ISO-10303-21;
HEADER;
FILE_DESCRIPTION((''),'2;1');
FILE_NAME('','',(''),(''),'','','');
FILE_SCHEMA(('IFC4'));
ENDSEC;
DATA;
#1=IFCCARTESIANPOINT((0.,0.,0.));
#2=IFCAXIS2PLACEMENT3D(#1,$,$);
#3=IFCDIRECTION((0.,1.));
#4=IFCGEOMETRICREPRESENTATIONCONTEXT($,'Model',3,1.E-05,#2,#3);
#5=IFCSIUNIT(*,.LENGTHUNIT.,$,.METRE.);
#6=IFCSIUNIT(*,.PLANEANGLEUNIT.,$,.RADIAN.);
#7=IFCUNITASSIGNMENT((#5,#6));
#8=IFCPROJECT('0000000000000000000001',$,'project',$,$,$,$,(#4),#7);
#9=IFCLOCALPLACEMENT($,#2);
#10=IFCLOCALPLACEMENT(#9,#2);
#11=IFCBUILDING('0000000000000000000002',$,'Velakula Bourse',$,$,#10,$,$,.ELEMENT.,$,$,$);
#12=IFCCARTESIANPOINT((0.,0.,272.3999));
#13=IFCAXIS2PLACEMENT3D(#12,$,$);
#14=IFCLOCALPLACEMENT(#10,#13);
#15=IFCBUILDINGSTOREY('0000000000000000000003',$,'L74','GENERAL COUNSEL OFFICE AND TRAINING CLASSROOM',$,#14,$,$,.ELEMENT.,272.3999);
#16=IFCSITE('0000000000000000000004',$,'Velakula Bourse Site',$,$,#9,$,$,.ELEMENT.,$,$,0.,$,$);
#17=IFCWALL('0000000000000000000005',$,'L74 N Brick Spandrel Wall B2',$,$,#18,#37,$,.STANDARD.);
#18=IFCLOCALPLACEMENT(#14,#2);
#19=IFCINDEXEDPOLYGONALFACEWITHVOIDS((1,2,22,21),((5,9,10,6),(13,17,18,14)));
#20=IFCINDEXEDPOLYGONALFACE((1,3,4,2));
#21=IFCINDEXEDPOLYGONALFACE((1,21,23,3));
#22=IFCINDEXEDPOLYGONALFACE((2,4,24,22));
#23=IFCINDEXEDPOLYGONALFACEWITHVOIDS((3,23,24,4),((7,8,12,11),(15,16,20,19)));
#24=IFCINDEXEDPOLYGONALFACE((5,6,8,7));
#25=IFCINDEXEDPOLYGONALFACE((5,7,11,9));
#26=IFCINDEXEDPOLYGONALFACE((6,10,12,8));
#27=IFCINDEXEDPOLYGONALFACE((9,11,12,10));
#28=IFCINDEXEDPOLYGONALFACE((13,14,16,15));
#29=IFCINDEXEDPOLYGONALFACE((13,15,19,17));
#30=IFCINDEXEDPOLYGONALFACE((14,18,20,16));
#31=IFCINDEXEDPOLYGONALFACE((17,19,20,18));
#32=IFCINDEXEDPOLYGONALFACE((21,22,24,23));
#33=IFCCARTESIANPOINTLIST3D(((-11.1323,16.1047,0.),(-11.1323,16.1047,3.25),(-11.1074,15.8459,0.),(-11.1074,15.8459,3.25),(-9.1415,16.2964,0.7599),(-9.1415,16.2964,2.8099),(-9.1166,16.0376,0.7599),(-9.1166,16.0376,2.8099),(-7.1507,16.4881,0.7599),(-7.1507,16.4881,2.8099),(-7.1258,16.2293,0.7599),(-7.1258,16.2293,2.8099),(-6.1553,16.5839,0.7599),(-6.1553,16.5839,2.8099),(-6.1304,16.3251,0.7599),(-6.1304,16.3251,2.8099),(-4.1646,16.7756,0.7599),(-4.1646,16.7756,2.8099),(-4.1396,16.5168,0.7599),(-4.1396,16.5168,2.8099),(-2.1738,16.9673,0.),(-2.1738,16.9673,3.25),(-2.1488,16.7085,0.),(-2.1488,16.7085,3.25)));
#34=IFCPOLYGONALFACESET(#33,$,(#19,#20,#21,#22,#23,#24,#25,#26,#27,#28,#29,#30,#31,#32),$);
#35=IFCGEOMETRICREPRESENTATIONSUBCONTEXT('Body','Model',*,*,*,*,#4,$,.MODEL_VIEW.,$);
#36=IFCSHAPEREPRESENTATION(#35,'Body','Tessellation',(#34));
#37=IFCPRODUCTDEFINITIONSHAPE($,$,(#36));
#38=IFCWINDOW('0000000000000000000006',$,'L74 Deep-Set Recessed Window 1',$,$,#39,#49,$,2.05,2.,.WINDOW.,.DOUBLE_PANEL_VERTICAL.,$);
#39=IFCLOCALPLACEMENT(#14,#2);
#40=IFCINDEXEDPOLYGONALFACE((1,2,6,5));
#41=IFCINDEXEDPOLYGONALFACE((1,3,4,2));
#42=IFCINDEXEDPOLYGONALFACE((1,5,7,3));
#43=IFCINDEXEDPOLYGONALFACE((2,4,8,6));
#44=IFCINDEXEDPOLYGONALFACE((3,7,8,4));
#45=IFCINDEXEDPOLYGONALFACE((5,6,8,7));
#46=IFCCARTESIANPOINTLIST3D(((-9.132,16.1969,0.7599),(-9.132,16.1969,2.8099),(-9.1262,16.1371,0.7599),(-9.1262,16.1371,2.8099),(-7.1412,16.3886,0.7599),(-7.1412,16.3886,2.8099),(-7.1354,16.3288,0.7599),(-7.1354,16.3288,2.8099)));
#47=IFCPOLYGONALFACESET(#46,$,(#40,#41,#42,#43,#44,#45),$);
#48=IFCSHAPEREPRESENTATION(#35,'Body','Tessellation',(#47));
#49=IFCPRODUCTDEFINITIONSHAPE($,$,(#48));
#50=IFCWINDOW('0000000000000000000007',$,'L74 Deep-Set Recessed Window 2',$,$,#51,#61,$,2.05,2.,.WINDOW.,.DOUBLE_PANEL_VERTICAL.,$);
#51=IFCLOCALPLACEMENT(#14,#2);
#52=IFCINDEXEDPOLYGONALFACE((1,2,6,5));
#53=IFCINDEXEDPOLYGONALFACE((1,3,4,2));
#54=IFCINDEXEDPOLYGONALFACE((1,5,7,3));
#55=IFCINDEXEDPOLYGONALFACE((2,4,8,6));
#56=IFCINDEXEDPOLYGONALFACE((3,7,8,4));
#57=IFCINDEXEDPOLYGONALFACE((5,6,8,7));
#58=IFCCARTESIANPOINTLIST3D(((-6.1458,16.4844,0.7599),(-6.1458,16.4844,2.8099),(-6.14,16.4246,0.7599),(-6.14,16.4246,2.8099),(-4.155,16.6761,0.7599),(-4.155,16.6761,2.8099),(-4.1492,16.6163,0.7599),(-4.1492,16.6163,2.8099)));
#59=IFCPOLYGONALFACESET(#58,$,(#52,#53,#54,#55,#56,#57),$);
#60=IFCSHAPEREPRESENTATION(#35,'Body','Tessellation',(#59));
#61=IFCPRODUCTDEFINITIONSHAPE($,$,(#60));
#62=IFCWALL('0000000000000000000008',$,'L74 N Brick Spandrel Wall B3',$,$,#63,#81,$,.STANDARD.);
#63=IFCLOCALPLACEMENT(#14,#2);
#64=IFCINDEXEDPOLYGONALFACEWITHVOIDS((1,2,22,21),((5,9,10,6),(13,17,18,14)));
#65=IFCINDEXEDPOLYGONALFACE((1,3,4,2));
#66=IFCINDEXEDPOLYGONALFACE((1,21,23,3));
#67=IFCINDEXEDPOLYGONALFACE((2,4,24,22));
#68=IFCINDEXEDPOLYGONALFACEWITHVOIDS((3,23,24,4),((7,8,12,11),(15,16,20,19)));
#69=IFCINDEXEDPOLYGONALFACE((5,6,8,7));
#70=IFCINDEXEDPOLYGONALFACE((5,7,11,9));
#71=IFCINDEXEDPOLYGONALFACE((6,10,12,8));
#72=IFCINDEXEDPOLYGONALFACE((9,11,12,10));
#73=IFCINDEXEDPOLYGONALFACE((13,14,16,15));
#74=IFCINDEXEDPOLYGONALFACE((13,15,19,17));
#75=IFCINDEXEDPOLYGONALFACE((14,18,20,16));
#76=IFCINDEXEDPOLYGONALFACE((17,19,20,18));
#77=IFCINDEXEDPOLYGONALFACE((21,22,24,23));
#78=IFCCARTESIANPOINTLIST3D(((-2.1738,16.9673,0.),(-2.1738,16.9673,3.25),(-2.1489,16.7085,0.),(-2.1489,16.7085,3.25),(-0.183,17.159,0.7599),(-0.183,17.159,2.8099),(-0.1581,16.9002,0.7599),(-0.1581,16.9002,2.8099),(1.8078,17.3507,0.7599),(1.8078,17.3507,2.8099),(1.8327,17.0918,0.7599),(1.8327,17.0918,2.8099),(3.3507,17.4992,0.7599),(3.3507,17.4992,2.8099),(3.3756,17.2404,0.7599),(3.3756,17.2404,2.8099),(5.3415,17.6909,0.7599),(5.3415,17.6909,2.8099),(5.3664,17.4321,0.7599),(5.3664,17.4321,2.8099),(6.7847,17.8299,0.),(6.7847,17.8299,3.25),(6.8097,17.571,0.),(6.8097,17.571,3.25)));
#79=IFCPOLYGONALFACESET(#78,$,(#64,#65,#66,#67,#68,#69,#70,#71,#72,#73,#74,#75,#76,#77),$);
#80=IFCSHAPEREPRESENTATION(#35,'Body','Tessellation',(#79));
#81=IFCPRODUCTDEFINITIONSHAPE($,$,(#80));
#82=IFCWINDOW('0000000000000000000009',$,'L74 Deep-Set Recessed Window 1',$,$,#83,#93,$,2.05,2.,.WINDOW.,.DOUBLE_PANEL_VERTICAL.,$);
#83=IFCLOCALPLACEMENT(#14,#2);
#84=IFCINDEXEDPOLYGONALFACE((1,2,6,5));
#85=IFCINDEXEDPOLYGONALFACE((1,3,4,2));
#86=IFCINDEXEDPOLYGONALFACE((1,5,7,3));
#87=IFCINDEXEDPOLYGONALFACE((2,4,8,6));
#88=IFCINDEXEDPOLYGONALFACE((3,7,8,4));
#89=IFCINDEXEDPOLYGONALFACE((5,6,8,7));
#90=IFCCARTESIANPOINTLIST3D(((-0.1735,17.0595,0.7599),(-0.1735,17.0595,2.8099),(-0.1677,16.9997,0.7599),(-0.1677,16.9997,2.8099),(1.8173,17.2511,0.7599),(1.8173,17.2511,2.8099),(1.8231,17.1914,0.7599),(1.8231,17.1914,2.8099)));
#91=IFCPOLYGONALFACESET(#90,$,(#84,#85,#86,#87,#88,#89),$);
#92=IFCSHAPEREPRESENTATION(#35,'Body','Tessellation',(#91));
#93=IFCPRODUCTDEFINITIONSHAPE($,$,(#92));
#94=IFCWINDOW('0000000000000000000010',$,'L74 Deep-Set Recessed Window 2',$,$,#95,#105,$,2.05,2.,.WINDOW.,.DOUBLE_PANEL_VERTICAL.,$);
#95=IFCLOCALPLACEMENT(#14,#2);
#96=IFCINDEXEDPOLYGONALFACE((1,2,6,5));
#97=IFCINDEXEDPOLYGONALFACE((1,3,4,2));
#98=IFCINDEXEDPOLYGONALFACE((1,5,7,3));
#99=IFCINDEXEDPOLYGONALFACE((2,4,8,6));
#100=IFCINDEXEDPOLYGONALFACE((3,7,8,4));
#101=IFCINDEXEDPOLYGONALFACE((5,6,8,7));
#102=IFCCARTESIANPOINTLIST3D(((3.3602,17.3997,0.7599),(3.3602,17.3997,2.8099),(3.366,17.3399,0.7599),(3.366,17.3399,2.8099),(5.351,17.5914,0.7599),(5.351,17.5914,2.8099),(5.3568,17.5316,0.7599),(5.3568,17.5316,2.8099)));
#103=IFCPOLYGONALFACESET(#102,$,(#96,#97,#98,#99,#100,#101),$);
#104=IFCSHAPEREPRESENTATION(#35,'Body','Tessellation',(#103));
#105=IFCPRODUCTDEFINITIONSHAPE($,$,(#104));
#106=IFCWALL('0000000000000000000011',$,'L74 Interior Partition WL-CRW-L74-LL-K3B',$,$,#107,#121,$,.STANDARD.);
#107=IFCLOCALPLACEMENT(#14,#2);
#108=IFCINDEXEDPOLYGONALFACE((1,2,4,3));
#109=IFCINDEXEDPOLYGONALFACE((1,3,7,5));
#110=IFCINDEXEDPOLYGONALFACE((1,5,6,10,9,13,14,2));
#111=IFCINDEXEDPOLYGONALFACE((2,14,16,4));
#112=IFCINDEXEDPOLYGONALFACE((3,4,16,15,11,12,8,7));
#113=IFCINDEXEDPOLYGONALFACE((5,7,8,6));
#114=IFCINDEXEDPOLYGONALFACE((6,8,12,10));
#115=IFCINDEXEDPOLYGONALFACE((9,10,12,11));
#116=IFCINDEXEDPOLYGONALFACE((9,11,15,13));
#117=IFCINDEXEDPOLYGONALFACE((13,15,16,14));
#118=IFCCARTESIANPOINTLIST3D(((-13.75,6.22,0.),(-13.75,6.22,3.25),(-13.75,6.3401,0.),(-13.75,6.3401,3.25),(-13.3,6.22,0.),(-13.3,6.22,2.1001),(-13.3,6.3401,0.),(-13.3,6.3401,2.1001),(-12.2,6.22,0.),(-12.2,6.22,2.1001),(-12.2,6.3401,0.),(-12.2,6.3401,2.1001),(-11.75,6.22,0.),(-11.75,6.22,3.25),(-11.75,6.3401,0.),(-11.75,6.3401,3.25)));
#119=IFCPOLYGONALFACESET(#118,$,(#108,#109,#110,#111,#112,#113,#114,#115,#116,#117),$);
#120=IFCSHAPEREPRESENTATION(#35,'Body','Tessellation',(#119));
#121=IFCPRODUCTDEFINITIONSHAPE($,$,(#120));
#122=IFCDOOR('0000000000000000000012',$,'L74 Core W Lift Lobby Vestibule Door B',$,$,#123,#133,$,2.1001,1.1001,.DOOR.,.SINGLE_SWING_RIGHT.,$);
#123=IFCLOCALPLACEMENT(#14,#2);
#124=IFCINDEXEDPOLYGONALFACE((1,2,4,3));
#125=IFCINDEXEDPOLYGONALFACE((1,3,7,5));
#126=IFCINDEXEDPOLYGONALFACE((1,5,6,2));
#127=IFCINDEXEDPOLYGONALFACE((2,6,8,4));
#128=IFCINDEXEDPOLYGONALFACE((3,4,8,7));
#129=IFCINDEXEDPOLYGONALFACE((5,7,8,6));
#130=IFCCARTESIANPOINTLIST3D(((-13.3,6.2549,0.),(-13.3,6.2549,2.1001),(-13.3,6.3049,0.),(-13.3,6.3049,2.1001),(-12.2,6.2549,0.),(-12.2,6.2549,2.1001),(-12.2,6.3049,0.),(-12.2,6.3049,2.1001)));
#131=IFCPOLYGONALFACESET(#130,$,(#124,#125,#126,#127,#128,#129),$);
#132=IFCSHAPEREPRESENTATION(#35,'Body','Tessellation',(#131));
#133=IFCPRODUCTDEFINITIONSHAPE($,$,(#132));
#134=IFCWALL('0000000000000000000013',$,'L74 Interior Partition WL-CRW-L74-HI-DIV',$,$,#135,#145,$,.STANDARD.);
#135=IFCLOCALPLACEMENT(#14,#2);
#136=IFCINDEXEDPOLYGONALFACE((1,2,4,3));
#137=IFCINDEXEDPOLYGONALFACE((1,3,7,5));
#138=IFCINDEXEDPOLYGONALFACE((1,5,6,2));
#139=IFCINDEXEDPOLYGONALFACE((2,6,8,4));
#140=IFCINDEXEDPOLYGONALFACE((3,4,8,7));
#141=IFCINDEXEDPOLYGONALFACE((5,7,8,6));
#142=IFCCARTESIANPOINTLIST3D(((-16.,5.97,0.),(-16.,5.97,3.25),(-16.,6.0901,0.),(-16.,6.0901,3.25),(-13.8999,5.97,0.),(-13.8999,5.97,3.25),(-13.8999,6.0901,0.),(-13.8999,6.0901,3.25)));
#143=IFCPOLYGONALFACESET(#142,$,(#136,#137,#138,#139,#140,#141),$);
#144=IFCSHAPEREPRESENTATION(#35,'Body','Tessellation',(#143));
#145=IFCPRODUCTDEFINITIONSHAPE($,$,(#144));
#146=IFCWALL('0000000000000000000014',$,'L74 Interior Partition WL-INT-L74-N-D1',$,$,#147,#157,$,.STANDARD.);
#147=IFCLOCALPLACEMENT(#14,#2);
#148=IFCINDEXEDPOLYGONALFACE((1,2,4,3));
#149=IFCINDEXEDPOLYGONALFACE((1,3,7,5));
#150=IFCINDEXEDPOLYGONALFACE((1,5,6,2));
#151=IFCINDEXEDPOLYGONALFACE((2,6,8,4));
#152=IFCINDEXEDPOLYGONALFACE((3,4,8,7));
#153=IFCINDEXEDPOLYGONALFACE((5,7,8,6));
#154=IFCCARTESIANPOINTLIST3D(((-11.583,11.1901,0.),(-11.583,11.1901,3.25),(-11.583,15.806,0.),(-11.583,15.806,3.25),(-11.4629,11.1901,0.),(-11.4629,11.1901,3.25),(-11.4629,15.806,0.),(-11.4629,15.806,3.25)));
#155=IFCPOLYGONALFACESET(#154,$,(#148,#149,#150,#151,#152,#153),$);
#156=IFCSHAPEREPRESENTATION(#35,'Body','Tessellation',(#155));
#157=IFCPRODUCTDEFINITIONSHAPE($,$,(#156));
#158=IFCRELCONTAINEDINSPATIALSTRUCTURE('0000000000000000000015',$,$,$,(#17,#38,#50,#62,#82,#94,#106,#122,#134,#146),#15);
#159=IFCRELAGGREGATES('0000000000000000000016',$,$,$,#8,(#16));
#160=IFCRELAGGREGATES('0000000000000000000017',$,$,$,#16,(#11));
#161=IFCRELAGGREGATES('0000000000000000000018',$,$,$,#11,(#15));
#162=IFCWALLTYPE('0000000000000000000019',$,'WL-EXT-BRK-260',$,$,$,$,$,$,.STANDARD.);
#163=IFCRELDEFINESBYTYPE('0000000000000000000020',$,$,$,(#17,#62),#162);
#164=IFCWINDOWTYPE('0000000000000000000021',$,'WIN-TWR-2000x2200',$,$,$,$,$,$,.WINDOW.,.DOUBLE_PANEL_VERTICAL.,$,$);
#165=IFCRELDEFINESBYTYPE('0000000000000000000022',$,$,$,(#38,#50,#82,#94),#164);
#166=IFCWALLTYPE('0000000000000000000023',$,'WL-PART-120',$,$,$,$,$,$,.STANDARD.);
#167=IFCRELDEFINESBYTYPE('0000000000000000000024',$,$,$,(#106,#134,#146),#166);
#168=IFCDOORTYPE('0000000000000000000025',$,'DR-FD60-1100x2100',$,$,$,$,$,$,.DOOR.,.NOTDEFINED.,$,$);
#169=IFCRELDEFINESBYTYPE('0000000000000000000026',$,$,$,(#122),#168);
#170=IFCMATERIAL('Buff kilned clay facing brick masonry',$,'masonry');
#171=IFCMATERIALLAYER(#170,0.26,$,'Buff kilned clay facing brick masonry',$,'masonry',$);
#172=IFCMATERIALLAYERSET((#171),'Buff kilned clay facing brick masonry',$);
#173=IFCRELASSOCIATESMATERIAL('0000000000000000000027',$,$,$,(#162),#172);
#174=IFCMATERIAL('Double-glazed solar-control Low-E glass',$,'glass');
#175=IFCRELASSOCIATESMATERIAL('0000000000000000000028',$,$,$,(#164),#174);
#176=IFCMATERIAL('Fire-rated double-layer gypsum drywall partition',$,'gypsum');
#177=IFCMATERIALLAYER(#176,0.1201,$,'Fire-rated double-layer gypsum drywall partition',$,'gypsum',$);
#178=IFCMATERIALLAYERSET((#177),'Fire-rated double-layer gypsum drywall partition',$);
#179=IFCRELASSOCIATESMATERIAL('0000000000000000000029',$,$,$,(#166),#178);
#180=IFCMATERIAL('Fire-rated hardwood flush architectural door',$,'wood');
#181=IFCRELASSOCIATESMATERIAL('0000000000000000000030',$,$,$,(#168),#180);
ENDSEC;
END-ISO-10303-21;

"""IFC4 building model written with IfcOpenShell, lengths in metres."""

from ifc_helpers import new_model, si_unit, direction, frame, frame_2d, origin, place, context, subcontext, project, spatial, rectangle, extrude, material, layer, layer_set, type_object, element, fill, save


model = new_model("IFC4")

# Units and contexts
model_context = context("Model", 3, precision=1e-05, world=origin(), true_north=direction((0.0, 1.0)))
body_context = subcontext(model_context, "Body", "Model", "MODEL_VIEW")
ifc_project = project(units=[si_unit("LENGTHUNIT", "METRE"), si_unit("PLANEANGLEUNIT", "RADIAN")], contexts=[model_context])

# Site, building, storey
site_placement = place(None, origin())
site = spatial("IfcSite", under=ifc_project, at=site_placement, Name="Velakula Bourse Site", CompositionType="ELEMENT", RefElevation=0.0)
building_placement = place(site_placement, origin())
building = spatial("IfcBuilding", under=site, at=building_placement, Name="Velakula Bourse", CompositionType="ELEMENT")
storey_placement = place(building_placement, frame((0.0, 0.0, 272.3999)))
storey = spatial("IfcBuildingStorey", under=building, at=storey_placement, Name="L74", Description="GENERAL COUNSEL OFFICE AND TRAINING CLASSROOM", CompositionType="ELEMENT", Elevation=272.3999)

# Walls, openings, windows
ifc_material_1 = material(Name="Buff kilned clay facing brick masonry", Category="masonry")
ifc_layer_1 = layer(ifc_material_1, 0.26, Name="Buff kilned clay facing brick masonry", Category="masonry")
ifc_layer_set_1 = layer_set([ifc_layer_1], Name="Buff kilned clay facing brick masonry")
wall_type_1 = type_object("IfcWallType", Name="WL-EXT-BRK-260", PredefinedType="STANDARD", material=ifc_layer_set_1)
wall_1_placement = place(storey_placement, frame((-11.1199, 15.9753, 0.0), z_axis=(0.0, 0.0, 1.0), x_axis=(0.995397, 0.09584, 0.0)))
wall_1 = element("IfcWall", 1, at=wall_1_placement, inside=storey, type_object=wall_type_1, Name="L74 N Brick Spandrel Wall B2", PredefinedType="STANDARD", context=body_context, shape_type="SweptSolid", body=[
    extrude(rectangle(XDim=9.0, YDim=0.26, at=frame_2d((4.5, 0.0))), origin(), (0.0, 0.0, 1.0), 3.25),
])
opening_1_placement = place(wall_1_placement, frame((2.0, 0.0, 0.76)))
opening_1 = element("IfcOpeningElement", 2, at=opening_1_placement, cuts=wall_1, PredefinedType="OPENING", context=body_context, shape_type="SweptSolid", body=[
    extrude(rectangle(XDim=2.0, YDim=2.05, at=frame_2d((1.0, 1.0249))), frame((0.0, 0.1399, 0.0), z_axis=(0.0, -1.0, 0.0), x_axis=(1.0, 0.0, 0.0)), (0.0, 0.0, 1.0), 0.28),
])
opening_2_placement = place(wall_1_placement, frame((5.0, 0.0, 0.76)))
opening_2 = element("IfcOpeningElement", 3, at=opening_2_placement, cuts=wall_1, PredefinedType="OPENING", context=body_context, shape_type="SweptSolid", body=[
    extrude(rectangle(XDim=2.0, YDim=2.05, at=frame_2d((1.0, 1.0249))), frame((0.0, 0.1399, 0.0), z_axis=(0.0, -1.0, 0.0), x_axis=(1.0, 0.0, 0.0)), (0.0, 0.0, 1.0), 0.28),
])
ifc_material_2 = material(Name="Double-glazed solar-control Low-E glass", Category="glass")
window_type = type_object("IfcWindowType", Name="WIN-TWR-2000x2200", PartitioningType="DOUBLE_PANEL_VERTICAL", PredefinedType="WINDOW", material=ifc_material_2)
window_1_placement = place(opening_1_placement, origin())
window_1 = element("IfcWindow", 4, at=window_1_placement, inside=storey, type_object=window_type, Name="L74 Deep-Set Recessed Window 1", OverallHeight=2.05, OverallWidth=2.0, PartitioningType="DOUBLE_PANEL_VERTICAL", PredefinedType="WINDOW", context=body_context, shape_type="SweptSolid", body=[
    extrude(rectangle(XDim=2.0, YDim=2.05, at=frame_2d((1.0, 1.0249))), frame((0.0, 0.03, 0.0), z_axis=(0.0, -1.0, 0.0), x_axis=(1.0, 0.0, 0.0)), (0.0, 0.0, 1.0), 0.0601),
])
fill(opening_1, window_1)
window_2_placement = place(opening_2_placement, origin())
window_2 = element("IfcWindow", 5, at=window_2_placement, inside=storey, type_object=window_type, Name="L74 Deep-Set Recessed Window 2", OverallHeight=2.05, OverallWidth=2.0, PartitioningType="DOUBLE_PANEL_VERTICAL", PredefinedType="WINDOW", context=body_context, shape_type="SweptSolid", body=[
    extrude(rectangle(XDim=2.0, YDim=2.05, at=frame_2d((1.0, 1.0249))), frame((0.0, 0.03, 0.0), z_axis=(0.0, -1.0, 0.0), x_axis=(1.0, 0.0, 0.0)), (0.0, 0.0, 1.0), 0.0601),
])
fill(opening_2, window_2)
wall_2_placement = place(storey_placement, frame((-2.1614, 16.8379, 0.0), z_axis=(0.0, 0.0, 1.0), x_axis=(0.995397, 0.09584, 0.0)))
wall_2 = element("IfcWall", 6, at=wall_2_placement, inside=storey, type_object=wall_type_1, Name="L74 N Brick Spandrel Wall B3", PredefinedType="STANDARD", context=body_context, shape_type="SweptSolid", body=[
    extrude(rectangle(XDim=9.0, YDim=0.26, at=frame_2d((4.5, 0.0))), origin(), (0.0, 0.0, 1.0), 3.25),
])
opening_3_placement = place(wall_2_placement, frame((2.0, 0.0, 0.76)))
opening_3 = element("IfcOpeningElement", 7, at=opening_3_placement, cuts=wall_2, PredefinedType="OPENING", context=body_context, shape_type="SweptSolid", body=[
    extrude(rectangle(XDim=2.0, YDim=2.05, at=frame_2d((1.0, 1.0249))), frame((0.0, 0.1399, 0.0), z_axis=(0.0, -1.0, 0.0), x_axis=(1.0, 0.0, 0.0)), (0.0, 0.0, 1.0), 0.28),
])
opening_4_placement = place(wall_2_placement, frame((5.55, 0.0, 0.76)))
opening_4 = element("IfcOpeningElement", 8, at=opening_4_placement, cuts=wall_2, PredefinedType="OPENING", context=body_context, shape_type="SweptSolid", body=[
    extrude(rectangle(XDim=2.0, YDim=2.05, at=frame_2d((1.0, 1.0249))), frame((0.0, 0.1399, 0.0), z_axis=(0.0, -1.0, 0.0), x_axis=(1.0, 0.0, 0.0)), (0.0, 0.0, 1.0), 0.28),
])
window_3_placement = place(opening_3_placement, origin())
window_3 = element("IfcWindow", 9, at=window_3_placement, inside=storey, type_object=window_type, Name="L74 Deep-Set Recessed Window 1", OverallHeight=2.05, OverallWidth=2.0, PartitioningType="DOUBLE_PANEL_VERTICAL", PredefinedType="WINDOW", context=body_context, shape_type="SweptSolid", body=[
    extrude(rectangle(XDim=2.0, YDim=2.05, at=frame_2d((1.0, 1.0249))), frame((0.0, 0.03, 0.0), z_axis=(0.0, -1.0, 0.0), x_axis=(1.0, 0.0, 0.0)), (0.0, 0.0, 1.0), 0.0601),
])
fill(opening_3, window_3)
window_4_placement = place(opening_4_placement, origin())
window_4 = element("IfcWindow", 10, at=window_4_placement, inside=storey, type_object=window_type, Name="L74 Deep-Set Recessed Window 2", OverallHeight=2.05, OverallWidth=2.0, PartitioningType="DOUBLE_PANEL_VERTICAL", PredefinedType="WINDOW", context=body_context, shape_type="SweptSolid", body=[
    extrude(rectangle(XDim=2.0, YDim=2.05, at=frame_2d((1.0, 1.0249))), frame((0.0, 0.03, 0.0), z_axis=(0.0, -1.0, 0.0), x_axis=(1.0, 0.0, 0.0)), (0.0, 0.0, 1.0), 0.0601),
])
fill(opening_4, window_4)

# Wall, opening, door
ifc_material_3 = material(Name="Fire-rated double-layer gypsum drywall partition", Category="gypsum")
ifc_layer_2 = layer(ifc_material_3, 0.1201, Name="Fire-rated double-layer gypsum drywall partition", Category="gypsum")
ifc_layer_set_2 = layer_set([ifc_layer_2], Name="Fire-rated double-layer gypsum drywall partition")
wall_type_2 = type_object("IfcWallType", Name="WL-PART-120", PredefinedType="STANDARD", material=ifc_layer_set_2)
wall_3_placement = place(storey_placement, frame((-13.75, 6.28, 0.0), z_axis=(0.0, 0.0, 1.0), x_axis=(1.0, 0.0, 0.0)))
wall_3 = element("IfcWall", 11, at=wall_3_placement, inside=storey, type_object=wall_type_2, Name="L74 Interior Partition WL-CRW-L74-LL-K3B", PredefinedType="STANDARD", context=body_context, shape_type="SweptSolid", body=[
    extrude(rectangle(XDim=2.0, YDim=0.1201, at=frame_2d((1.0, 0.0))), origin(), (0.0, 0.0, 1.0), 3.25),
])
opening_5_placement = place(wall_3_placement, frame((0.45, 0.0, 0.0)))
opening_5 = element("IfcOpeningElement", 12, at=opening_5_placement, cuts=wall_3, PredefinedType="OPENING", context=body_context, shape_type="SweptSolid", body=[
    extrude(rectangle(XDim=1.1001, YDim=2.1001, at=frame_2d((0.55, 1.05))), frame((0.0, 0.0701, 0.0), z_axis=(0.0, -1.0, 0.0), x_axis=(1.0, 0.0, 0.0)), (0.0, 0.0, 1.0), 0.1401),
])
ifc_material_4 = material(Name="Fire-rated hardwood flush architectural door", Category="wood")
door_type_1 = type_object("IfcDoorType", Name="DR-FD60-1100x2100", OperationType="NOTDEFINED", PredefinedType="DOOR", material=ifc_material_4)
door_1_placement = place(opening_5_placement, origin())
door_1 = element("IfcDoor", 13, at=door_1_placement, inside=storey, type_object=door_type_1, Name="L74 Core W Lift Lobby Vestibule Door B", OperationType="SINGLE_SWING_RIGHT", OverallHeight=2.1001, OverallWidth=1.1001, PredefinedType="DOOR", context=body_context, shape_type="SweptSolid", body=[
    extrude(rectangle(XDim=1.1001, YDim=2.1001, at=frame_2d((0.55, 1.05))), frame((0.0, 0.0249, 0.0), z_axis=(0.0, -1.0, 0.0), x_axis=(1.0, 0.0, 0.0)), (0.0, 0.0, 1.0), 0.05),
])
fill(opening_5, door_1)

# Walls
wall_4_placement = place(storey_placement, frame((-16.0, 6.03, 0.0), z_axis=(0.0, 0.0, 1.0), x_axis=(1.0, 0.0, 0.0)))
element("IfcWall", 14, at=wall_4_placement, inside=storey, type_object=wall_type_2, Name="L74 Interior Partition WL-CRW-L74-HI-DIV", PredefinedType="STANDARD", context=body_context, shape_type="SweptSolid", body=[
    extrude(rectangle(XDim=2.1001, YDim=0.1201, at=frame_2d((1.05, 0.0))), origin(), (0.0, 0.0, 1.0), 3.25),
])
wall_5_placement = place(storey_placement, frame((-11.5229, 11.1899, 0.0), z_axis=(0.0, 0.0, 1.0), x_axis=(0.0, 1.0, 0.0)))
element("IfcWall", 15, at=wall_5_placement, inside=storey, type_object=wall_type_2, Name="L74 Interior Partition WL-INT-L74-N-D1", PredefinedType="STANDARD", context=body_context, shape_type="SweptSolid", body=[
    extrude(rectangle(XDim=4.616, YDim=0.1201, at=frame_2d((2.3081, 0.0))), origin(), (0.0, 0.0, 1.0), 3.25),
])

save(model, "model.ifc")
